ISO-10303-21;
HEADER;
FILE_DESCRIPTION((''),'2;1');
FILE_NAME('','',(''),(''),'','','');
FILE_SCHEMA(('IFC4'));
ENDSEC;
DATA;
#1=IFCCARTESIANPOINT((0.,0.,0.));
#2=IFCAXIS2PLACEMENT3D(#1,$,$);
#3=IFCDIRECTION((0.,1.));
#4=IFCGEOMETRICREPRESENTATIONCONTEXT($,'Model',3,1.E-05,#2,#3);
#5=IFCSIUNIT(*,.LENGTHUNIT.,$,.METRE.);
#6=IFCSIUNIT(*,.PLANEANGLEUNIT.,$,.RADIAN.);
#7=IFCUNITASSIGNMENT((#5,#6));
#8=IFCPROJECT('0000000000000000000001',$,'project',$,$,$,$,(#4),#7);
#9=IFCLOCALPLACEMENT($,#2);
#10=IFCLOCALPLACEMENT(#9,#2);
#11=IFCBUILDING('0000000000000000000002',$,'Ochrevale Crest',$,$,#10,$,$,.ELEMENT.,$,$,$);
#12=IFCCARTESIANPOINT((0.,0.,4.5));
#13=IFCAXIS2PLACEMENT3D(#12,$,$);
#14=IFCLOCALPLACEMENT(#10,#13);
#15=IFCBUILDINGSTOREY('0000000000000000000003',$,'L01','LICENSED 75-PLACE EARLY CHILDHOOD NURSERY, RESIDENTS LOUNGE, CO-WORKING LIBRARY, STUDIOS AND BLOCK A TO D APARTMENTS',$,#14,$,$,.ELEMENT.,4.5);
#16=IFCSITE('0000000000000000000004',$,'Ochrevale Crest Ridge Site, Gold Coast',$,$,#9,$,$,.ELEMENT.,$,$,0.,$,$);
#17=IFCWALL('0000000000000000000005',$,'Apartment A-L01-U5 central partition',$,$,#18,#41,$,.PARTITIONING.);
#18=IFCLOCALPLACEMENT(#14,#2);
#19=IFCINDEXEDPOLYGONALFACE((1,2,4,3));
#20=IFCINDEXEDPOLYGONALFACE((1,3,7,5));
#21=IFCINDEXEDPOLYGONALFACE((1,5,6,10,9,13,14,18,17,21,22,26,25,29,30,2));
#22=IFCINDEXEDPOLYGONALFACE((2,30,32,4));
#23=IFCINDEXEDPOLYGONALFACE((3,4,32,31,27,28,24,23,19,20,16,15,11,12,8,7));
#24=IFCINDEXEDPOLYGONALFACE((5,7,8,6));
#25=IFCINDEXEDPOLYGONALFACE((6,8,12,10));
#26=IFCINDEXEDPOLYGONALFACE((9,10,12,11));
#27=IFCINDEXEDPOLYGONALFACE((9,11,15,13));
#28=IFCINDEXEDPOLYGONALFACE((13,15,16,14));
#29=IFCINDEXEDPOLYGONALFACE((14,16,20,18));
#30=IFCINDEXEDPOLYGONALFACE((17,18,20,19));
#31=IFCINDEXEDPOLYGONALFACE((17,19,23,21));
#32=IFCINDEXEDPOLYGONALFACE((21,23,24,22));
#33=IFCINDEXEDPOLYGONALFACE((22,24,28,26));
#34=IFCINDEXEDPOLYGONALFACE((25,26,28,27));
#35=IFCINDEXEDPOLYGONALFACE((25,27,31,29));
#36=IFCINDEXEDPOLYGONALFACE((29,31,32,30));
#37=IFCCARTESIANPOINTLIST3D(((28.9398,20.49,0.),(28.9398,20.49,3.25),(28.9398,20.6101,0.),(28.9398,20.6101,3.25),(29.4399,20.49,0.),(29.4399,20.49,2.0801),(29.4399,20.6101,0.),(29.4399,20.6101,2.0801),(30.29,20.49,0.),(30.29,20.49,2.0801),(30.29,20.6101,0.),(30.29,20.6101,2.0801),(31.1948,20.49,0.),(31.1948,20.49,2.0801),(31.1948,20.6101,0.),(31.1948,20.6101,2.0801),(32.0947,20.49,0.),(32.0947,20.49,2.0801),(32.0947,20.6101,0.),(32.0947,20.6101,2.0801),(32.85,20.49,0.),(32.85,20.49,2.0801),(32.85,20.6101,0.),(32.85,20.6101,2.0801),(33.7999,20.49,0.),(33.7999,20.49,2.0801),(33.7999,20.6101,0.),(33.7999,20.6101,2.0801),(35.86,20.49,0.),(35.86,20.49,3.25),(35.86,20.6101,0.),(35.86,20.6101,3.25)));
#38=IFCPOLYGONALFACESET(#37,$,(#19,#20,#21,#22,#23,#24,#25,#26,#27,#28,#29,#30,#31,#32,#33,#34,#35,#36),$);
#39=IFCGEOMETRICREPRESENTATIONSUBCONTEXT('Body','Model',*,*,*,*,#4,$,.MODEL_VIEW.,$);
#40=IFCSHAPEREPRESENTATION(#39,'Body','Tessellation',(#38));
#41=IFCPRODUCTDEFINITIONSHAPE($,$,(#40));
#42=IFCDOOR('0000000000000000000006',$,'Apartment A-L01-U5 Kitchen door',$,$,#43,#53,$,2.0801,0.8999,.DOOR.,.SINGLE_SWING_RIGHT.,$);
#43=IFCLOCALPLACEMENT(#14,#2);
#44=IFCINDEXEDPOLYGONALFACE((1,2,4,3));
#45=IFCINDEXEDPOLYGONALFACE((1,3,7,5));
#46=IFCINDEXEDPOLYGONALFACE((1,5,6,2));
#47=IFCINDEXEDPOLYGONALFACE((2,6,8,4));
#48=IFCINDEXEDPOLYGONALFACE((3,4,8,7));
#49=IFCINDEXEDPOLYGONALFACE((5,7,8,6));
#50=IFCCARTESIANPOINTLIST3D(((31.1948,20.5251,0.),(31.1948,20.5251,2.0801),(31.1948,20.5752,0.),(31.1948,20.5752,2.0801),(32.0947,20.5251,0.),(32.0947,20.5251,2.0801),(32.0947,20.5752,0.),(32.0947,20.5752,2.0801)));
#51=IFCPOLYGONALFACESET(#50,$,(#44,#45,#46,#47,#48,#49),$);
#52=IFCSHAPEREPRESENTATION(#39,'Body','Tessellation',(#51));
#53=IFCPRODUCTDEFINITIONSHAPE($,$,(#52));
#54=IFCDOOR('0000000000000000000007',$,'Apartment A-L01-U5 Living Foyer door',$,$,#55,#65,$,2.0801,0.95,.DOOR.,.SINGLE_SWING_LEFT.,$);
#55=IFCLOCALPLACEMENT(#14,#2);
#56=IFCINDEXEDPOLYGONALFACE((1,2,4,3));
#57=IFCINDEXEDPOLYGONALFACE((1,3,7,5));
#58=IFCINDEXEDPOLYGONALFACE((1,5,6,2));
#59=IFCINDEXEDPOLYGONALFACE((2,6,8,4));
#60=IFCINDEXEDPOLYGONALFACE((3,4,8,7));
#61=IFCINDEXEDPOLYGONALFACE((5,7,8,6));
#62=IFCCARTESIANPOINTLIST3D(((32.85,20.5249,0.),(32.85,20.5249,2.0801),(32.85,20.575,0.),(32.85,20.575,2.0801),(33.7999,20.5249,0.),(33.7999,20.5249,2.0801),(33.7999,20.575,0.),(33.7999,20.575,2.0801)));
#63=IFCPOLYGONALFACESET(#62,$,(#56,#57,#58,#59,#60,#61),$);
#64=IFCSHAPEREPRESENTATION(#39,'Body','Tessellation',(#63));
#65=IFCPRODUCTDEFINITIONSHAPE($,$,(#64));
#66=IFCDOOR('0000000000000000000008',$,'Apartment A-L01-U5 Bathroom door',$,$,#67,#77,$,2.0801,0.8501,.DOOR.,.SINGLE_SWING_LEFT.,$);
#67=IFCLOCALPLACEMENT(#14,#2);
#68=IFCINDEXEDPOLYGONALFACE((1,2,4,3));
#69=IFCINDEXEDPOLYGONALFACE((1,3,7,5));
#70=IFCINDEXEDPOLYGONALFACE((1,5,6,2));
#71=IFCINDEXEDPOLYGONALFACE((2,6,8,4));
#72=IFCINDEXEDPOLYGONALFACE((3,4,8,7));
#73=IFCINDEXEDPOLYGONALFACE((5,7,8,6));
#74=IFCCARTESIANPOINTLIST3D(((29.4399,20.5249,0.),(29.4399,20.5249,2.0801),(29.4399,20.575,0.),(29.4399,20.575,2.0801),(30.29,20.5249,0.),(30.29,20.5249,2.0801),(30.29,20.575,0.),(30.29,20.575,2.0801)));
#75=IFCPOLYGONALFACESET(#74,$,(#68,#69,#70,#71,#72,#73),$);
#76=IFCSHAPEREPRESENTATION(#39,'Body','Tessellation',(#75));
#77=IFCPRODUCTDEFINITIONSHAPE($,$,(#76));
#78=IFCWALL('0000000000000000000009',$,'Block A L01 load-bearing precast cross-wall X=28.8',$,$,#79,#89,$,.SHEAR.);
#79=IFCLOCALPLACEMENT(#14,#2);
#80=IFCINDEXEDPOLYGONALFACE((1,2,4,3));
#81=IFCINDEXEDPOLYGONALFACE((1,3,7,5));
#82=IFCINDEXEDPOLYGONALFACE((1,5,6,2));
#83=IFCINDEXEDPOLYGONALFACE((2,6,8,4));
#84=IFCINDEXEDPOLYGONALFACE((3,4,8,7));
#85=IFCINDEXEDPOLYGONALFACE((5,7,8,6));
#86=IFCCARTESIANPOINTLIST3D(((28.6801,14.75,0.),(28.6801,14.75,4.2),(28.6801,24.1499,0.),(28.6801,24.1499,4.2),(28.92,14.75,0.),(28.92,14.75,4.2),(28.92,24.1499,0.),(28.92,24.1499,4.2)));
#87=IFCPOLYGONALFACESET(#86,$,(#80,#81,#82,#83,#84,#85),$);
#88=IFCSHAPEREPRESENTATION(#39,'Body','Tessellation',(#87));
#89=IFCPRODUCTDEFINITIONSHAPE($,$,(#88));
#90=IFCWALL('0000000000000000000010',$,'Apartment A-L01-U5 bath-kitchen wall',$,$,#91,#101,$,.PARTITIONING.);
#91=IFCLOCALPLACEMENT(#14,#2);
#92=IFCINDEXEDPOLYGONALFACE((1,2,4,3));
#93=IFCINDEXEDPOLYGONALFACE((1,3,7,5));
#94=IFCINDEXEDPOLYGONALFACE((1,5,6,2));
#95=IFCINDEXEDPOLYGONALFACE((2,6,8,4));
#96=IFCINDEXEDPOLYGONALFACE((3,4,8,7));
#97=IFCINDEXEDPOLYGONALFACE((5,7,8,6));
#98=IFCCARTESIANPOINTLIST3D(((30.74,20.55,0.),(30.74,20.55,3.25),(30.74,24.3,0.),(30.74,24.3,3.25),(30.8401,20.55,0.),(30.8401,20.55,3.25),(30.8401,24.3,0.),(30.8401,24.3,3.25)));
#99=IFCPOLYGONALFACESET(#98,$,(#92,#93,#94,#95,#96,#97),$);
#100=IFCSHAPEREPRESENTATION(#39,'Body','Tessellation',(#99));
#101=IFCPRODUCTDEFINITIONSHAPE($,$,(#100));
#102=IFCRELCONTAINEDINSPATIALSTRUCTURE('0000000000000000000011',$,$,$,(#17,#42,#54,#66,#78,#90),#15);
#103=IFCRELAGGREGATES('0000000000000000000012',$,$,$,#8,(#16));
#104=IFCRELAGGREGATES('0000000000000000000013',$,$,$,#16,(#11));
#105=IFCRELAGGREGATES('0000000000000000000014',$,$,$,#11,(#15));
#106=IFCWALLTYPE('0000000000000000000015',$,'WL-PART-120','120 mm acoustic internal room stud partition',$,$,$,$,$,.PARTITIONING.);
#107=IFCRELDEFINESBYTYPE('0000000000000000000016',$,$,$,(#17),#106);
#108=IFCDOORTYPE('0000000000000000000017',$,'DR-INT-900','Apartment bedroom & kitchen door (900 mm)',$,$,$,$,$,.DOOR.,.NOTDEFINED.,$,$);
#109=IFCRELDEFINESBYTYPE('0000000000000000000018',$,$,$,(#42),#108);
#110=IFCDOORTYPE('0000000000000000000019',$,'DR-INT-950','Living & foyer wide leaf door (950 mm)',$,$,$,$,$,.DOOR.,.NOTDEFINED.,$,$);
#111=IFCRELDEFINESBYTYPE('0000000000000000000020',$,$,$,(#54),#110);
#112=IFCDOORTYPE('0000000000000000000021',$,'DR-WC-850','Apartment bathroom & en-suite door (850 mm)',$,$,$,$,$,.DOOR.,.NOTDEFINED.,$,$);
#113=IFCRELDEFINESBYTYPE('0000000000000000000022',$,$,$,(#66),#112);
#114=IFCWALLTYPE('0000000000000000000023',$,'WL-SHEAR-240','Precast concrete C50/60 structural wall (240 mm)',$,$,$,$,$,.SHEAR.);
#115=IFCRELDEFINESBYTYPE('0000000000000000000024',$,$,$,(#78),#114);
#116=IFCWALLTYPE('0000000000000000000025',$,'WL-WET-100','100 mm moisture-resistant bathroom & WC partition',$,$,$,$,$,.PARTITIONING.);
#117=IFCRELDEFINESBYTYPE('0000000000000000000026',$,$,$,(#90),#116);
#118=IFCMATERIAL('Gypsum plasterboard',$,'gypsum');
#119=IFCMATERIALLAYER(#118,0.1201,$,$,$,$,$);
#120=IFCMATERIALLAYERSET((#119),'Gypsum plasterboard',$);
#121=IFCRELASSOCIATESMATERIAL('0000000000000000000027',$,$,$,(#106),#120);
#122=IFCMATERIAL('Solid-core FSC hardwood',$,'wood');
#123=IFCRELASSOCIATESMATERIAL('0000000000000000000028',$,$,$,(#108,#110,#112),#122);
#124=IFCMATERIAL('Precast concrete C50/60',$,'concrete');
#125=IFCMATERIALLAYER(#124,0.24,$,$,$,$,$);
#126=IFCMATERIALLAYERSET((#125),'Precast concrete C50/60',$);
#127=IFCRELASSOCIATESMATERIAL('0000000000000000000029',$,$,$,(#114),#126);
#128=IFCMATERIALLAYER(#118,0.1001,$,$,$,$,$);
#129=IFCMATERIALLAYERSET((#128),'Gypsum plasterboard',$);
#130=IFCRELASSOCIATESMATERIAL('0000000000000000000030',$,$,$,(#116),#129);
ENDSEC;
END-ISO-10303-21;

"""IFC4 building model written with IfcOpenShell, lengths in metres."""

from ifc_helpers import new_model, si_unit, direction, frame, frame_2d, origin, place, context, subcontext, project, spatial, rectangle, extrude, material, layer, layer_set, type_object, element, fill, save


model = new_model("IFC4")

# Units and contexts
model_context = context("Model", 3, precision=1e-05, world=origin(), true_north=direction((0.0, 1.0)))
body_context = subcontext(model_context, "Body", "Model", "MODEL_VIEW")
ifc_project = project(units=[si_unit("LENGTHUNIT", "METRE"), si_unit("PLANEANGLEUNIT", "RADIAN")], contexts=[model_context])

# Site, building, storey
site_placement = place(None, origin())
site = spatial("IfcSite", under=ifc_project, at=site_placement, Name="Ochrevale Crest Ridge Site, Gold Coast", CompositionType="ELEMENT", RefElevation=0.0)
building_placement = place(site_placement, origin())
building = spatial("IfcBuilding", under=site, at=building_placement, Name="Ochrevale Crest", CompositionType="ELEMENT")
storey_placement = place(building_placement, frame((0.0, 0.0, 4.5)))
storey = spatial("IfcBuildingStorey", under=building, at=storey_placement, Name="L01", Description="LICENSED 75-PLACE EARLY CHILDHOOD NURSERY, RESIDENTS LOUNGE, CO-WORKING LIBRARY, STUDIOS AND BLOCK A TO D APARTMENTS", CompositionType="ELEMENT", Elevation=4.5)

# Shared definitions
ifc_material_1 = material(Name="Precast concrete C50/60", Category="concrete")

# Shared definitions
ifc_material_2 = material(Name="Gypsum plasterboard", Category="gypsum")
ifc_layer_1 = layer(ifc_material_2, 0.1201)
ifc_layer_set_1 = layer_set([ifc_layer_1], Name="Gypsum plasterboard")
wall_type_1 = type_object("IfcWallType", Name="WL-PART-120", Description="120 mm acoustic internal room stud partition", PredefinedType="PARTITIONING", material=ifc_layer_set_1)

# Wall, openings, doors
wall_1_placement = place(storey_placement, frame((28.9399, 20.55, 0.0), z_axis=(0.0, 0.0, 1.0), x_axis=(1.0, 0.0, 0.0)))
wall_1 = element("IfcWall", 1, at=wall_1_placement, inside=storey, type_object=wall_type_1, Name="Apartment A-L01-U5 central partition", PredefinedType="PARTITIONING", context=body_context, shape_type="SweptSolid", body=[
    extrude(rectangle(XDim=6.9202, YDim=0.1201, at=frame_2d((3.46, 0.0))), origin(), (0.0, 0.0, 1.0), 3.25),
])
opening_1_placement = place(wall_1_placement, frame((0.5, 0.0, 0.0)))
opening_1 = element("IfcOpeningElement", 2, at=opening_1_placement, cuts=wall_1, PredefinedType="OPENING", context=body_context, shape_type="SweptSolid", body=[
    extrude(rectangle(XDim=0.8501, YDim=2.0801, at=frame_2d((0.425, 1.04))), frame((0.0, 0.0701, 0.0), z_axis=(0.0, -1.0, 0.0), x_axis=(1.0, 0.0, 0.0)), (0.0, 0.0, 1.0), 0.1401),
])
opening_2_placement = place(wall_1_placement, frame((3.1548, 0.0, 0.0), z_axis=(0.0, 0.0, 1.0), x_axis=(-1.0, 0.0, 0.0)))
opening_2 = element("IfcOpeningElement", 3, at=opening_2_placement, cuts=wall_1, PredefinedType="OPENING", context=body_context, shape_type="SweptSolid", body=[
    extrude(rectangle(XDim=0.8999, YDim=2.0801, at=frame_2d((0.45, 1.04))), frame((0.0, 0.0701, 0.0), z_axis=(0.0, -1.0, 0.0), x_axis=(1.0, 0.0, 0.0)), (0.0, 0.0, 1.0), 0.1401),
])
opening_3_placement = place(wall_1_placement, frame((3.9099, 0.0, 0.0)))
opening_3 = element("IfcOpeningElement", 4, at=opening_3_placement, cuts=wall_1, PredefinedType="OPENING", context=body_context, shape_type="SweptSolid", body=[
    extrude(rectangle(XDim=0.95, YDim=2.0801, at=frame_2d((0.4751, 1.04))), frame((0.0, 0.0701, 0.0), z_axis=(0.0, -1.0, 0.0), x_axis=(1.0, 0.0, 0.0)), (0.0, 0.0, 1.0), 0.1401),
])
ifc_material_3 = material(Name="Solid-core FSC hardwood", Category="wood")
door_type_1 = type_object("IfcDoorType", Name="DR-INT-900", Description="Apartment bedroom & kitchen door (900 mm)", OperationType="NOTDEFINED", PredefinedType="DOOR", material=ifc_material_3)
door_1_placement = place(opening_2_placement, origin())
door_1 = element("IfcDoor", 5, at=door_1_placement, inside=storey, type_object=door_type_1, Name="Apartment A-L01-U5 Kitchen door", OperationType="SINGLE_SWING_RIGHT", OverallHeight=2.0801, OverallWidth=0.8999, PredefinedType="DOOR", context=body_context, shape_type="SweptSolid", body=[
    extrude(rectangle(XDim=0.8999, YDim=2.0801, at=frame_2d((0.45, 1.04))), frame((0.0, 0.0249, 0.0), z_axis=(0.0, -1.0, 0.0), x_axis=(1.0, 0.0, 0.0)), (0.0, 0.0, 1.0), 0.05),
])
fill(opening_2, door_1)
door_type_2 = type_object("IfcDoorType", Name="DR-INT-950", Description="Living & foyer wide leaf door (950 mm)", OperationType="NOTDEFINED", PredefinedType="DOOR", material=ifc_material_3)
door_2_placement = place(opening_3_placement, origin())
door_2 = element("IfcDoor", 6, at=door_2_placement, inside=storey, type_object=door_type_2, Name="Apartment A-L01-U5 Living Foyer door", OperationType="SINGLE_SWING_LEFT", OverallHeight=2.0801, OverallWidth=0.95, PredefinedType="DOOR", context=body_context, shape_type="SweptSolid", body=[
    extrude(rectangle(XDim=0.95, YDim=2.0801, at=frame_2d((0.4751, 1.04))), frame((0.0, 0.0249, 0.0), z_axis=(0.0, -1.0, 0.0), x_axis=(1.0, 0.0, 0.0)), (0.0, 0.0, 1.0), 0.05),
])
fill(opening_3, door_2)
door_type_3 = type_object("IfcDoorType", Name="DR-WC-850", Description="Apartment bathroom & en-suite door (850 mm)", OperationType="NOTDEFINED", PredefinedType="DOOR", material=ifc_material_3)
door_3_placement = place(opening_1_placement, origin())
door_3 = element("IfcDoor", 7, at=door_3_placement, inside=storey, type_object=door_type_3, Name="Apartment A-L01-U5 Bathroom door", OperationType="SINGLE_SWING_LEFT", OverallHeight=2.0801, OverallWidth=0.8501, PredefinedType="DOOR", context=body_context, shape_type="SweptSolid", body=[
    extrude(rectangle(XDim=0.8501, YDim=2.0801, at=frame_2d((0.425, 1.04))), frame((0.0, 0.0249, 0.0), z_axis=(0.0, -1.0, 0.0), x_axis=(1.0, 0.0, 0.0)), (0.0, 0.0, 1.0), 0.05),
])
fill(opening_1, door_3)

# Walls
ifc_layer_2 = layer(ifc_material_1, 0.24)
ifc_layer_set_2 = layer_set([ifc_layer_2], Name="Precast concrete C50/60")
wall_type_2 = type_object("IfcWallType", Name="WL-SHEAR-240", Description="Precast concrete C50/60 structural wall (240 mm)", PredefinedType="SHEAR", material=ifc_layer_set_2)
wall_2_placement = place(storey_placement, frame((28.8, 14.75, 0.0), z_axis=(0.0, 0.0, 1.0), x_axis=(0.0, 1.0, 0.0)))
element("IfcWall", 8, at=wall_2_placement, inside=storey, type_object=wall_type_2, Name="Block A L01 load-bearing precast cross-wall X=28.8", PredefinedType="SHEAR", context=body_context, shape_type="SweptSolid", body=[
    extrude(rectangle(XDim=9.3999, YDim=0.24, at=frame_2d((4.7, 0.0))), origin(), (0.0, 0.0, 1.0), 4.2),
])
ifc_layer_3 = layer(ifc_material_2, 0.1001)
ifc_layer_set_3 = layer_set([ifc_layer_3], Name="Gypsum plasterboard")
wall_type_3 = type_object("IfcWallType", Name="WL-WET-100", Description="100 mm moisture-resistant bathroom & WC partition", PredefinedType="PARTITIONING", material=ifc_layer_set_3)
wall_3_placement = place(storey_placement, frame((30.79, 20.55, 0.0), z_axis=(0.0, 0.0, 1.0), x_axis=(0.0, 1.0, 0.0)))
element("IfcWall", 9, at=wall_3_placement, inside=storey, type_object=wall_type_3, Name="Apartment A-L01-U5 bath-kitchen wall", PredefinedType="PARTITIONING", context=body_context, shape_type="SweptSolid", body=[
    extrude(rectangle(XDim=3.75, YDim=0.1001, at=frame_2d((1.875, 0.0))), origin(), (0.0, 0.0, 1.0), 3.25),
])

save(model, "model.ifc")
